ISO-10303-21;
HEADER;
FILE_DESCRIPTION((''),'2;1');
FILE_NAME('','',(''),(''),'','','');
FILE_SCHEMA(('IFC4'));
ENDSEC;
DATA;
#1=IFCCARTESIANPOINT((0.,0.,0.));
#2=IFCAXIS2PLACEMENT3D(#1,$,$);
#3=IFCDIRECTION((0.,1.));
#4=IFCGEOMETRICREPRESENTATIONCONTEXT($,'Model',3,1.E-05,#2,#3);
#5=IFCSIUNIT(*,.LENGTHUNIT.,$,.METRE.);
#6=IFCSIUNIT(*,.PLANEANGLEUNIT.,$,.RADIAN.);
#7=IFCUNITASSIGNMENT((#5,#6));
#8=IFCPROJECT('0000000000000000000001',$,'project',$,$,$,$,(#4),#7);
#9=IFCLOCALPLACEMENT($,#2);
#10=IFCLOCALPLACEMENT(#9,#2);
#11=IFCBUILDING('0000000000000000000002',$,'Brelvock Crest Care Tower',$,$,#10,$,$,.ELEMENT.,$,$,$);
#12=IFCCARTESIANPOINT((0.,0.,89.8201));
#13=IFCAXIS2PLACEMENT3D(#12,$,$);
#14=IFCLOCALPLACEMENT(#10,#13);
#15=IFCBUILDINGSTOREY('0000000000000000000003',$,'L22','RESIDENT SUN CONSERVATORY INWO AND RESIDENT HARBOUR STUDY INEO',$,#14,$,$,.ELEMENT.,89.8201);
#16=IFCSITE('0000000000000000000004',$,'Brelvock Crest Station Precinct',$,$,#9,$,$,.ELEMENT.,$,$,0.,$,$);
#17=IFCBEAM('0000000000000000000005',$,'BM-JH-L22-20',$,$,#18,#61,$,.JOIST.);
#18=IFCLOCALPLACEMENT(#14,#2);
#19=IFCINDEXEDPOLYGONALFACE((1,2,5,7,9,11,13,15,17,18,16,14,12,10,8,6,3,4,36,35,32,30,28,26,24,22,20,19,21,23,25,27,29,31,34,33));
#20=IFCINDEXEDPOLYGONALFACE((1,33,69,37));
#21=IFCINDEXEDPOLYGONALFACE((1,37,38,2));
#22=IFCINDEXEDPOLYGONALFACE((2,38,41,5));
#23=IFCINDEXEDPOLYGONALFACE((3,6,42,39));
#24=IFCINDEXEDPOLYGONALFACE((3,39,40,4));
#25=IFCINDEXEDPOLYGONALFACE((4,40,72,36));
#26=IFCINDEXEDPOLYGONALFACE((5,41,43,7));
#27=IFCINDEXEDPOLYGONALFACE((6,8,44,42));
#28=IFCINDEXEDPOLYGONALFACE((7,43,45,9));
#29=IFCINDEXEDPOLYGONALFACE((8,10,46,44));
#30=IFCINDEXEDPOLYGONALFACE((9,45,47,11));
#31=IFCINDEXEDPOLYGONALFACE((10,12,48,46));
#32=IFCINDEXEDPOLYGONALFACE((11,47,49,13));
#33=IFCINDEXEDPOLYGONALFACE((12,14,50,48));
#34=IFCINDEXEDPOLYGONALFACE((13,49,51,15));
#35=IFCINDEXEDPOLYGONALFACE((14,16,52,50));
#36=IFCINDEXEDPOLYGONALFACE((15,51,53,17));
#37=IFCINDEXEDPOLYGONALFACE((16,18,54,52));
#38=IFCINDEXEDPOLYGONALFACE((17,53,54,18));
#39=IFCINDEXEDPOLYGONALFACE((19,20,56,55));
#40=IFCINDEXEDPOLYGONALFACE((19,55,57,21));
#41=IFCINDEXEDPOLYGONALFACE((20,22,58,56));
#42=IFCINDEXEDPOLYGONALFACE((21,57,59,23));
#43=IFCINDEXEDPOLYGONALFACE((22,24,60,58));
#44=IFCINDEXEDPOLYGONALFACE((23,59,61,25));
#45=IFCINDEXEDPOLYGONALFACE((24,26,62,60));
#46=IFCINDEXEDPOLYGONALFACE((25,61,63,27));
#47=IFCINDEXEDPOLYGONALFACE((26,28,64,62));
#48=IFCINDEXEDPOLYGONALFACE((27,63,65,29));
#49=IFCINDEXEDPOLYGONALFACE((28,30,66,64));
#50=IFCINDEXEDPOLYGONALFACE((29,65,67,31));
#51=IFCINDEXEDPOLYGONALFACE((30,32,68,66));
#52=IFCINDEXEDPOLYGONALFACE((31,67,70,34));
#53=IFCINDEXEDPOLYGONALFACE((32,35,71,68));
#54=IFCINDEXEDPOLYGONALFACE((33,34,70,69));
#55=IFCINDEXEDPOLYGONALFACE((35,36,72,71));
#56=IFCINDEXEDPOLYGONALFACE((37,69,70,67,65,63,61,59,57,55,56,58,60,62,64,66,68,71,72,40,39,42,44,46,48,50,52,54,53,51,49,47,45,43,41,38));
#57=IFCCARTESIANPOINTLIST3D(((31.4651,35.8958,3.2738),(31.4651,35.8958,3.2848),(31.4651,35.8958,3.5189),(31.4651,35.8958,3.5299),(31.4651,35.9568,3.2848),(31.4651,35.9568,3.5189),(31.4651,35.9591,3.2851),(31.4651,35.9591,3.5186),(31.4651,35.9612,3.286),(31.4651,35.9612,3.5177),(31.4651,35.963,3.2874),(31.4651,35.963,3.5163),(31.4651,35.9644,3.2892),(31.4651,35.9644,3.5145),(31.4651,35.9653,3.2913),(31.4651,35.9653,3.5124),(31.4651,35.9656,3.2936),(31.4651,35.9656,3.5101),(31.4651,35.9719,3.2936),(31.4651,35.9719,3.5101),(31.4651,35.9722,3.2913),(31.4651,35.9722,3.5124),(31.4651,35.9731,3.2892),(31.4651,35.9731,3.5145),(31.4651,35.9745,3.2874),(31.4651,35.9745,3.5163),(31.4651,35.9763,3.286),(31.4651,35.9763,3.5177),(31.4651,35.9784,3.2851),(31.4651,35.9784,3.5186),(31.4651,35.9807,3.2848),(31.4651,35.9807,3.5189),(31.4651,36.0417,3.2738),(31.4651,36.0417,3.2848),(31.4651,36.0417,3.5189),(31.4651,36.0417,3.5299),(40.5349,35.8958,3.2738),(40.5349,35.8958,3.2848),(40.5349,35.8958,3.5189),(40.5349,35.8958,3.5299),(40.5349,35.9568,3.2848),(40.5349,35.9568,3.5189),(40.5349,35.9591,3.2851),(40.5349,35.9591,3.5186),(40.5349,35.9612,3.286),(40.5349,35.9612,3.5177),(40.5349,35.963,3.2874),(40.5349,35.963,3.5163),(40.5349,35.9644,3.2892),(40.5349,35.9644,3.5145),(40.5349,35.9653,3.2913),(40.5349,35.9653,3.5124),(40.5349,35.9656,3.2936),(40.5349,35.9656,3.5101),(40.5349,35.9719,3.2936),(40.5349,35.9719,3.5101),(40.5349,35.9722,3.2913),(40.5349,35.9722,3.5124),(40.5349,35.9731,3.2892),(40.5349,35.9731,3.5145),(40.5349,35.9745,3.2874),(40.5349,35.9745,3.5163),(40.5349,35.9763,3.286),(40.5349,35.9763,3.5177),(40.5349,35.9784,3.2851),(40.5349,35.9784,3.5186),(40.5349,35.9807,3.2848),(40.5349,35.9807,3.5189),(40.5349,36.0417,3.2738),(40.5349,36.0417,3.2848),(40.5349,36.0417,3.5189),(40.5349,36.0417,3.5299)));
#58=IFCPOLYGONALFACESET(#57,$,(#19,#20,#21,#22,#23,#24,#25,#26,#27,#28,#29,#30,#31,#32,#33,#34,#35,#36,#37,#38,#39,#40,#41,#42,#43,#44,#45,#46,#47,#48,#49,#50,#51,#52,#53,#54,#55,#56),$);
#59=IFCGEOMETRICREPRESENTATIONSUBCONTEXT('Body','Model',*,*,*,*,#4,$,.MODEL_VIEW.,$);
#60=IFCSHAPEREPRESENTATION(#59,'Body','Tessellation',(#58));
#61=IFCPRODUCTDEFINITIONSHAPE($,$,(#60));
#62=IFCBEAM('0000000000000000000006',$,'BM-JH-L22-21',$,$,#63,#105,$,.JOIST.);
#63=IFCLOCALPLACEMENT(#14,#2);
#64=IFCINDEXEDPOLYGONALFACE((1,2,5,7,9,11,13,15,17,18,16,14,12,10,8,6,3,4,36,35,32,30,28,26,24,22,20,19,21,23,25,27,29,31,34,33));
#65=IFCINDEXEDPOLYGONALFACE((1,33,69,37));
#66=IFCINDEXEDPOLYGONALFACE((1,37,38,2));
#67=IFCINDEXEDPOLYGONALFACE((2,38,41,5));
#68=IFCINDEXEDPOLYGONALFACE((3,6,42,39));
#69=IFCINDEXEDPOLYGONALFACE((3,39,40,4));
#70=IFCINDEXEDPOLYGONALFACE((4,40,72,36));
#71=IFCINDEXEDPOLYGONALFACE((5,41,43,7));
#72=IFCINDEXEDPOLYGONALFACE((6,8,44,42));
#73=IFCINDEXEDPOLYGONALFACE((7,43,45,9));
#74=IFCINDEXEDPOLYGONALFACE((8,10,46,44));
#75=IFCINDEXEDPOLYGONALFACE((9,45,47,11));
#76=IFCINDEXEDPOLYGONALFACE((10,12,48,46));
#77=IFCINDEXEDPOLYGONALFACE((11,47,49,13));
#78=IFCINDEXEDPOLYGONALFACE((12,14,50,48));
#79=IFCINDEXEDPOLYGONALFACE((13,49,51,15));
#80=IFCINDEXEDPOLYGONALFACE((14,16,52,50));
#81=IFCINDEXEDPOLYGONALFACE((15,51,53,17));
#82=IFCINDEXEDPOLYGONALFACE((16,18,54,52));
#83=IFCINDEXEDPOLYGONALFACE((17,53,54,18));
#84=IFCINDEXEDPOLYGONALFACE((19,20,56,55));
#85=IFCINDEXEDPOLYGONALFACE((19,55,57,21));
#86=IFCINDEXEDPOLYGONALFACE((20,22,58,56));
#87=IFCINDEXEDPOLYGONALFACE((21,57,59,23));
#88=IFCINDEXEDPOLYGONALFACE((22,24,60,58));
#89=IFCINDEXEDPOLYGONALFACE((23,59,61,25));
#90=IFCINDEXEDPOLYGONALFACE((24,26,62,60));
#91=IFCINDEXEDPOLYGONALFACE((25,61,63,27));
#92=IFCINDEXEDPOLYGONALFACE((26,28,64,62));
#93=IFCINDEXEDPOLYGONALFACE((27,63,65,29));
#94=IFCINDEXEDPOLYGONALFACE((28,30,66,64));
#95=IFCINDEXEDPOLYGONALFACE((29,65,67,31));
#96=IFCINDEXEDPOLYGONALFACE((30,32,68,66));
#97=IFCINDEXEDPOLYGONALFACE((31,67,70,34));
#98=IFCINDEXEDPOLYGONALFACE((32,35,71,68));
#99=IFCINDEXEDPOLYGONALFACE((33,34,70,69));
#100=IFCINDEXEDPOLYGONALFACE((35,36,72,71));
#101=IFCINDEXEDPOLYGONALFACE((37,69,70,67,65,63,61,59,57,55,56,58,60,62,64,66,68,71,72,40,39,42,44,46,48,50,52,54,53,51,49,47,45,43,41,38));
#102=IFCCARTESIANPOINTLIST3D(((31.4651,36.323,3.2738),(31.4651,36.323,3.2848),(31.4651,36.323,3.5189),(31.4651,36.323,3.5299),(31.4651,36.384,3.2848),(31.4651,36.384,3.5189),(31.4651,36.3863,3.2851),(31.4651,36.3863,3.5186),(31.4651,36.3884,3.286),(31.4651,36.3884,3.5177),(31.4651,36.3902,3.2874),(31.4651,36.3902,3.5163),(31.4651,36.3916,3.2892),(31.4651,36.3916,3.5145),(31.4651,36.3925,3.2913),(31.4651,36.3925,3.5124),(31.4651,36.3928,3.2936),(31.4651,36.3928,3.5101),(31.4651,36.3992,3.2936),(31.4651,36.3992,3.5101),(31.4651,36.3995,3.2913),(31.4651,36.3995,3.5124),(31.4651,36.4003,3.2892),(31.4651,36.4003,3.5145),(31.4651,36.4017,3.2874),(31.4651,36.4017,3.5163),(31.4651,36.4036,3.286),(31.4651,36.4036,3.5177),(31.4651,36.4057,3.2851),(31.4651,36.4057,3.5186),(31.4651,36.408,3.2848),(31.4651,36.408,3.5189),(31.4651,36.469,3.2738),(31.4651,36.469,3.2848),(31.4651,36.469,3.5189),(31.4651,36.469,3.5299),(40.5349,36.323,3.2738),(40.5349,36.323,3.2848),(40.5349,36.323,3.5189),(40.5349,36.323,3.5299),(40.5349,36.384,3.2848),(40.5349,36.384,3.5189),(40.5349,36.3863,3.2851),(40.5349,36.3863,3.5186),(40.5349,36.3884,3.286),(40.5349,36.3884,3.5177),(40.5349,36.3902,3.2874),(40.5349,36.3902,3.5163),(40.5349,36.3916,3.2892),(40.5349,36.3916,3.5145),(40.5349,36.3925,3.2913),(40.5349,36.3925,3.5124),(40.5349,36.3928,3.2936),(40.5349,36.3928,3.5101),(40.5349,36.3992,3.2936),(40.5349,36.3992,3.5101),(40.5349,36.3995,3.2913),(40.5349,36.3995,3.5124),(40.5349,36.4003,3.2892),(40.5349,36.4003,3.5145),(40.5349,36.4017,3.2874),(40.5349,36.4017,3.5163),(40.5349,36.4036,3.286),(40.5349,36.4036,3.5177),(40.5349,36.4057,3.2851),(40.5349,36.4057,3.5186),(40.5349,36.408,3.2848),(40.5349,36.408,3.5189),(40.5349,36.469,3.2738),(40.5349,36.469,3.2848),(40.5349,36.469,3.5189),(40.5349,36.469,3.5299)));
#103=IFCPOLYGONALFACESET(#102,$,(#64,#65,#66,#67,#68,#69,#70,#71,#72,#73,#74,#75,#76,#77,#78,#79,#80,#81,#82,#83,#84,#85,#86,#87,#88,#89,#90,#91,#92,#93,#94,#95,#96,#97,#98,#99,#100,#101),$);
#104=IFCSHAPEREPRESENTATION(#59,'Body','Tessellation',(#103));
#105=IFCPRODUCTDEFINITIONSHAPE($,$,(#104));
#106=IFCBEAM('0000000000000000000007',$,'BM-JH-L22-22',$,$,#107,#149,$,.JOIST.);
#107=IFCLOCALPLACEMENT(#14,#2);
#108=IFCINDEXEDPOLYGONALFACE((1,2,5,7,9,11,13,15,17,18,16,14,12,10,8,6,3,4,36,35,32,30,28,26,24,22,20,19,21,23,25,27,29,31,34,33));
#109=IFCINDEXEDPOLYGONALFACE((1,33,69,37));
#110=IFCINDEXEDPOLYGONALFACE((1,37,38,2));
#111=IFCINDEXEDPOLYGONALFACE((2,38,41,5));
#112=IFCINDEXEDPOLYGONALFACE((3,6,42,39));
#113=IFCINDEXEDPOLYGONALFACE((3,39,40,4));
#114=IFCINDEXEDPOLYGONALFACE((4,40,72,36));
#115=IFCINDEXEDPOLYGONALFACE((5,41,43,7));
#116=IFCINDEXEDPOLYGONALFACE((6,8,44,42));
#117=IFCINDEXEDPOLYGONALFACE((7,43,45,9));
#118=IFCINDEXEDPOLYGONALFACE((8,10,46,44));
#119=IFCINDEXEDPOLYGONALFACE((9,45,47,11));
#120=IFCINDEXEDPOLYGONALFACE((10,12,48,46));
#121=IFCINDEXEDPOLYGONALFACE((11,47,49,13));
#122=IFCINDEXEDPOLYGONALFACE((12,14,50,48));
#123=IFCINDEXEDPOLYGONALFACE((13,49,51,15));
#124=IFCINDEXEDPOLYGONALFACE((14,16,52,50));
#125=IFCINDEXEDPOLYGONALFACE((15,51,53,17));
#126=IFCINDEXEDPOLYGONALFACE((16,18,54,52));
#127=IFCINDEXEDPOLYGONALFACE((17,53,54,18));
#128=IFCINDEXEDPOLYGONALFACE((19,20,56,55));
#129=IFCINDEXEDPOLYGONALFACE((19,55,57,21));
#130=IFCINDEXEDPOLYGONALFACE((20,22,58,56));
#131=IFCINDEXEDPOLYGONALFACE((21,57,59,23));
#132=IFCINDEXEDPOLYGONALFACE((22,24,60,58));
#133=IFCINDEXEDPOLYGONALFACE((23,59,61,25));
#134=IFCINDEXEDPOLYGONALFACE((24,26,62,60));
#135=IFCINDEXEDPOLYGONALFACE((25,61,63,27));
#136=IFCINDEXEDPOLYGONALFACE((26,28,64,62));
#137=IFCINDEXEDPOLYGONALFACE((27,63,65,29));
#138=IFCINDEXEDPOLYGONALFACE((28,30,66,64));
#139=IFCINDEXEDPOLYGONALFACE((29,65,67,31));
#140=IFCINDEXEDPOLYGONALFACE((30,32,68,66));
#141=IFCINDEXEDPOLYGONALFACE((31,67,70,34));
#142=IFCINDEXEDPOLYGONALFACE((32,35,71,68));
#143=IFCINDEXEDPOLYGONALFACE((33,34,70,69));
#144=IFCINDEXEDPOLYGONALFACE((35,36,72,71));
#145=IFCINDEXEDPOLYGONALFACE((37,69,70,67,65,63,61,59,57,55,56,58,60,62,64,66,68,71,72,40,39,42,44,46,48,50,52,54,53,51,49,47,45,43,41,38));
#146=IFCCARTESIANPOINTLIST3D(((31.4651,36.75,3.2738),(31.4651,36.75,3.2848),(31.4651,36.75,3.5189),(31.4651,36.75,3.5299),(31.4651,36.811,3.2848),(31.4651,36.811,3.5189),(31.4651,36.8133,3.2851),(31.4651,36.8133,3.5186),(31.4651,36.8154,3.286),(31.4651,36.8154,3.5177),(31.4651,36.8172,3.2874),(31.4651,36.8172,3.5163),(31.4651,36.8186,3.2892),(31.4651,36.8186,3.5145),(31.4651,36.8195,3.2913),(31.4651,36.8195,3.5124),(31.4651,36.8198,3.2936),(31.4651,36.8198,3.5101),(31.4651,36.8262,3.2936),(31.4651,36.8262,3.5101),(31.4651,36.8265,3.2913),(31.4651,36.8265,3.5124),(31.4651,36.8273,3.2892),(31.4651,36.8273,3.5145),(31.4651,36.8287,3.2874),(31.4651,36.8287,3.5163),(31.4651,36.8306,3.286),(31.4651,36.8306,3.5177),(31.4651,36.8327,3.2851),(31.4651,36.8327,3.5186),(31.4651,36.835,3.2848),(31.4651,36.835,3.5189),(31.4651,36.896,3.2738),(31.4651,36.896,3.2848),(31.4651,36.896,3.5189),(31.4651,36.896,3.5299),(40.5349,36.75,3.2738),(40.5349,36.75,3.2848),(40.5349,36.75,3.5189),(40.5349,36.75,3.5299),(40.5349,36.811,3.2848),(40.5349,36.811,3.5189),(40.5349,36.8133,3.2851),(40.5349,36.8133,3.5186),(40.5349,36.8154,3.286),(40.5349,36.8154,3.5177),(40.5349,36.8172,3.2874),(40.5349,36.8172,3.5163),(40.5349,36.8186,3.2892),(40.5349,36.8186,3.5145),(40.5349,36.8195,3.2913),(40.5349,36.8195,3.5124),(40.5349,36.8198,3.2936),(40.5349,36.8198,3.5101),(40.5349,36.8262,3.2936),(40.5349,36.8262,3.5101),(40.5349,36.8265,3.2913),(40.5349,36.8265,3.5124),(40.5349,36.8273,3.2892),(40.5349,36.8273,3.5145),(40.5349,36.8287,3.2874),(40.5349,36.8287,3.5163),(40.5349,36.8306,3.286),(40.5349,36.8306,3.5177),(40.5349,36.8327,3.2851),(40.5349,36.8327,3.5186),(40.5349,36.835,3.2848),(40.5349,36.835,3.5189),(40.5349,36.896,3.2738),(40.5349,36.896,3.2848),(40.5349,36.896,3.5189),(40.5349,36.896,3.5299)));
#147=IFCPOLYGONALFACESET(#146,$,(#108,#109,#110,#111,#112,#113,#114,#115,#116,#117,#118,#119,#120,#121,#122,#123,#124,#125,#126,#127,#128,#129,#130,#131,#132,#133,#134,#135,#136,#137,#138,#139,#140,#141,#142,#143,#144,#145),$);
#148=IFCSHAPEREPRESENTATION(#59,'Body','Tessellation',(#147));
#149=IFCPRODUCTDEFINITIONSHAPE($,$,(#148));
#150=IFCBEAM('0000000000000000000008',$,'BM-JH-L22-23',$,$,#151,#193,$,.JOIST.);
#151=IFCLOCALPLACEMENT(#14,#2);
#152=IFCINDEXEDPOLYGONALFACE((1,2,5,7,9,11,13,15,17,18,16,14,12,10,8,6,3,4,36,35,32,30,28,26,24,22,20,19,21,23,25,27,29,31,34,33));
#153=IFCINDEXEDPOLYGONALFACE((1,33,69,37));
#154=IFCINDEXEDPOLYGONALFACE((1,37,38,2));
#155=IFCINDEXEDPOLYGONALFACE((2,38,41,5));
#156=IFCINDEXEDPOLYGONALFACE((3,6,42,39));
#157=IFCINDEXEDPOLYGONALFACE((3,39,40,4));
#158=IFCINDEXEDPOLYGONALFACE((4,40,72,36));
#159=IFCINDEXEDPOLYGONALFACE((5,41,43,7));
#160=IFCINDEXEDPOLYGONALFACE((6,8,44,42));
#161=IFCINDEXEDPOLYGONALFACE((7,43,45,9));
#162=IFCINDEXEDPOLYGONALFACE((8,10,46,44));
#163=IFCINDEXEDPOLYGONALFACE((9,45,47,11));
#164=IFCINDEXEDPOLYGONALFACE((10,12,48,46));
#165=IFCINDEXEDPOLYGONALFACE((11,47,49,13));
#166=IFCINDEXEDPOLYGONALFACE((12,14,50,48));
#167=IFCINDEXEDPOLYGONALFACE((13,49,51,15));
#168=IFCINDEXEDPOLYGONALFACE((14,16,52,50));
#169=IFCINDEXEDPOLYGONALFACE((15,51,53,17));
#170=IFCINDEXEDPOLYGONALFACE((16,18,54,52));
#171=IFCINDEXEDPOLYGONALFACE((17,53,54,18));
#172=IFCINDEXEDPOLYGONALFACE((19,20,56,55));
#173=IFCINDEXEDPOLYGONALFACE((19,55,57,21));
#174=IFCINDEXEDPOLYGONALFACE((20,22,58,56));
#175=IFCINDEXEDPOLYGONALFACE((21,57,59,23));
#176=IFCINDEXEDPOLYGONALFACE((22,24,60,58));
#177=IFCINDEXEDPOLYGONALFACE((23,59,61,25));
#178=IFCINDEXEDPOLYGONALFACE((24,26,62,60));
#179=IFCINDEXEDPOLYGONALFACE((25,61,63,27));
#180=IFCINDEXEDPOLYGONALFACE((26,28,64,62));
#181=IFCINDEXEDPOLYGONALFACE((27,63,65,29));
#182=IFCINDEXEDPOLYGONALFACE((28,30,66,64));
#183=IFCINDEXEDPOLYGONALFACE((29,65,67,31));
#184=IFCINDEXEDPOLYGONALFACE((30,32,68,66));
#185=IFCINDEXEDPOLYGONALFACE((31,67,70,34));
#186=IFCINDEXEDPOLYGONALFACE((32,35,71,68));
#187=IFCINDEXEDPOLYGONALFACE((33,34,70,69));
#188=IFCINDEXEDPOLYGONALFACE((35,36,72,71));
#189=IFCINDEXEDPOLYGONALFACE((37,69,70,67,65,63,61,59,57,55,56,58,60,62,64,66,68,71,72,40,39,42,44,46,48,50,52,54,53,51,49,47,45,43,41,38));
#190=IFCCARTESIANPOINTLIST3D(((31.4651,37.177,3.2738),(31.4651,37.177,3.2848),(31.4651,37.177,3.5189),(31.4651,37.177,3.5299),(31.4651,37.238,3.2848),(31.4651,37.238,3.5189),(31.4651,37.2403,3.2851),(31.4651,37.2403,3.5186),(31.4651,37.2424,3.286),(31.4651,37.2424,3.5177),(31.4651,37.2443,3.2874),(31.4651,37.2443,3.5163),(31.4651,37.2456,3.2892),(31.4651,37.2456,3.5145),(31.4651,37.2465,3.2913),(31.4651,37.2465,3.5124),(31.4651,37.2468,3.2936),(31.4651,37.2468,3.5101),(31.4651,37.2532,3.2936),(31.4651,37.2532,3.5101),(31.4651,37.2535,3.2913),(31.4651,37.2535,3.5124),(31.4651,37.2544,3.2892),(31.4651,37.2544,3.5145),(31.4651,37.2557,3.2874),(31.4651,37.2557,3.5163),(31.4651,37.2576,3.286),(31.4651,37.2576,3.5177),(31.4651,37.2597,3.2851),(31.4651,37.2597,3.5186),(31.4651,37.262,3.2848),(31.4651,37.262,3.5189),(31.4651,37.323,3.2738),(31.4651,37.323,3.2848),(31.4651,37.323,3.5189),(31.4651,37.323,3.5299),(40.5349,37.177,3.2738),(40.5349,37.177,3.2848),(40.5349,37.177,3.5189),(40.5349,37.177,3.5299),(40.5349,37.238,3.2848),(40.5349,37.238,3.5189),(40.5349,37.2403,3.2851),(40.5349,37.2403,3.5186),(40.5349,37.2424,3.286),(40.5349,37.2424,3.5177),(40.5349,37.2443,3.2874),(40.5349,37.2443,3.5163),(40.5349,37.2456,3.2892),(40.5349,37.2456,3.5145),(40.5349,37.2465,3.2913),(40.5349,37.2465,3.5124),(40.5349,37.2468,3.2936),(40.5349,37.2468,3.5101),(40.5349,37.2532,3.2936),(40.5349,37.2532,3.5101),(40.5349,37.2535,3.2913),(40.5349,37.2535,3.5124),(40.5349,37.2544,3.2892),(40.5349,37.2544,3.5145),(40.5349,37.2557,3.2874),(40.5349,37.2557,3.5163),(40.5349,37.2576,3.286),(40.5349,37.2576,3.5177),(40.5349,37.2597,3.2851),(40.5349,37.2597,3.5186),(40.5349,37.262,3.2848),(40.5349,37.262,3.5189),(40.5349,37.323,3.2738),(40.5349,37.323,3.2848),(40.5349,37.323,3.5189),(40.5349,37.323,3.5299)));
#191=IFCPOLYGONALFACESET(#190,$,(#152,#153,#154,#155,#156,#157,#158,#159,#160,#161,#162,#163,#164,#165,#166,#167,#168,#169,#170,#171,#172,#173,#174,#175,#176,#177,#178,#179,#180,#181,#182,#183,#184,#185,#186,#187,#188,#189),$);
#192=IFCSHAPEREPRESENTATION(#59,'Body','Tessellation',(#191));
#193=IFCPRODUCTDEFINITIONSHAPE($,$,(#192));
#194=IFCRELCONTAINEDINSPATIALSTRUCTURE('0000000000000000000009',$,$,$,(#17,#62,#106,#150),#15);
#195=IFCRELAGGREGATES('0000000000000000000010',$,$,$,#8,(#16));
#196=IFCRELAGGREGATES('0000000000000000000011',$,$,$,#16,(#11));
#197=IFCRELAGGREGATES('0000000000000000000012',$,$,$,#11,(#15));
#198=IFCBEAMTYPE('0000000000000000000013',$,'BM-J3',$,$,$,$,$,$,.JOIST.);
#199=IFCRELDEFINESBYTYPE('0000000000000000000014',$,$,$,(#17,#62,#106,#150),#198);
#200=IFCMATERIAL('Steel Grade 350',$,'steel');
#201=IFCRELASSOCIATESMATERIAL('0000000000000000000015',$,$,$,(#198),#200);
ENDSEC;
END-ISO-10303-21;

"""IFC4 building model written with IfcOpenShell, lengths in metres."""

from ifc_helpers import new_model, si_unit, direction, frame, origin, origin_2d, place, context, subcontext, project, spatial, i_section, extrude, source, transform, mapped, material, material_profile, profile_set, type_object, element, save


model = new_model("IFC4")

# Units and contexts
model_context = context("Model", 3, precision=1e-05, world=origin(), true_north=direction((0.0, 1.0)))
body_context = subcontext(model_context, "Body", "Model", "MODEL_VIEW")
ifc_project = project(units=[si_unit("LENGTHUNIT", "METRE"), si_unit("PLANEANGLEUNIT", "RADIAN")], contexts=[model_context])

# Site, building, storey
site_placement = place(None, origin())
site = spatial("IfcSite", under=ifc_project, at=site_placement, Name="Brelvock Crest Station Precinct", CompositionType="ELEMENT", RefElevation=0.0)
building_placement = place(site_placement, origin())
building = spatial("IfcBuilding", under=site, at=building_placement, Name="Brelvock Crest Care Tower", CompositionType="ELEMENT")
storey_placement = place(building_placement, frame((0.0, 0.0, 89.8201)))
storey = spatial("IfcBuildingStorey", under=building, at=storey_placement, Name="L22", Description="RESIDENT SUN CONSERVATORY INWO AND RESIDENT HARBOUR STUDY INEO", CompositionType="ELEMENT", Elevation=89.8201)

# Beams
ifc_material_1 = material(Name="Steel Grade 350", Category="steel")
ifc_material_profile_1 = material_profile(ifc_material_1, i_section(OverallWidth=0.146, OverallDepth=0.2561, WebThickness=0.0063, FlangeThickness=0.011, FilletRadius=0.0088, at=origin_2d()), Name="250UB37.3")
ifc_profile_set_1 = profile_set([ifc_material_profile_1], Name="Steel Grade 350")
beam_type_1 = type_object("IfcBeamType", Name="BM-J3", PredefinedType="JOIST", material=ifc_profile_set_1)
shared_shape_1 = source(origin(), body_context, "Body", "SweptSolid", [
    extrude(i_section(OverallWidth=0.146, OverallDepth=0.2561, WebThickness=0.0063, FlangeThickness=0.011, FilletRadius=0.0088, at=origin_2d()), origin(), (0.0, 0.0, 1.0), 9.0698),
])
for number, where, z_axis, x_axis, name in (
    (1, (31.4651, 35.9688, 3.4019), (1.0, 0.0, 0.0), (0.0, 1.0, 0.0), "BM-JH-L22-20"),
    (2, (31.4651, 36.396, 3.4019), (1.0, 0.0, 0.0), (0.0, 1.0, 0.0), "BM-JH-L22-21"),
    (3, (31.4651, 36.823, 3.4019), (1.0, 0.0, 0.0), (0.0, 1.0, 0.0), "BM-JH-L22-22"),
    (4, (31.4651, 37.25, 3.4019), (1.0, 0.0, 0.0), (0.0, 1.0, 0.0), "BM-JH-L22-23"),
):
    element("IfcBeam", number, at=place(storey_placement, frame(where, z_axis=z_axis, x_axis=x_axis)), inside=storey, type_object=beam_type_1, Name=name, PredefinedType="JOIST", context=body_context, shape_type="MappedRepresentation", body=[
        mapped(shared_shape_1, transform((0.0, 0.0, 0.0), x_axis=(1.0, 0.0, 0.0), y_axis=(0.0, 1.0, 0.0), z_axis=(0.0, 0.0, 1.0), scale=1.0)),
    ])

save(model, "model.ifc")
